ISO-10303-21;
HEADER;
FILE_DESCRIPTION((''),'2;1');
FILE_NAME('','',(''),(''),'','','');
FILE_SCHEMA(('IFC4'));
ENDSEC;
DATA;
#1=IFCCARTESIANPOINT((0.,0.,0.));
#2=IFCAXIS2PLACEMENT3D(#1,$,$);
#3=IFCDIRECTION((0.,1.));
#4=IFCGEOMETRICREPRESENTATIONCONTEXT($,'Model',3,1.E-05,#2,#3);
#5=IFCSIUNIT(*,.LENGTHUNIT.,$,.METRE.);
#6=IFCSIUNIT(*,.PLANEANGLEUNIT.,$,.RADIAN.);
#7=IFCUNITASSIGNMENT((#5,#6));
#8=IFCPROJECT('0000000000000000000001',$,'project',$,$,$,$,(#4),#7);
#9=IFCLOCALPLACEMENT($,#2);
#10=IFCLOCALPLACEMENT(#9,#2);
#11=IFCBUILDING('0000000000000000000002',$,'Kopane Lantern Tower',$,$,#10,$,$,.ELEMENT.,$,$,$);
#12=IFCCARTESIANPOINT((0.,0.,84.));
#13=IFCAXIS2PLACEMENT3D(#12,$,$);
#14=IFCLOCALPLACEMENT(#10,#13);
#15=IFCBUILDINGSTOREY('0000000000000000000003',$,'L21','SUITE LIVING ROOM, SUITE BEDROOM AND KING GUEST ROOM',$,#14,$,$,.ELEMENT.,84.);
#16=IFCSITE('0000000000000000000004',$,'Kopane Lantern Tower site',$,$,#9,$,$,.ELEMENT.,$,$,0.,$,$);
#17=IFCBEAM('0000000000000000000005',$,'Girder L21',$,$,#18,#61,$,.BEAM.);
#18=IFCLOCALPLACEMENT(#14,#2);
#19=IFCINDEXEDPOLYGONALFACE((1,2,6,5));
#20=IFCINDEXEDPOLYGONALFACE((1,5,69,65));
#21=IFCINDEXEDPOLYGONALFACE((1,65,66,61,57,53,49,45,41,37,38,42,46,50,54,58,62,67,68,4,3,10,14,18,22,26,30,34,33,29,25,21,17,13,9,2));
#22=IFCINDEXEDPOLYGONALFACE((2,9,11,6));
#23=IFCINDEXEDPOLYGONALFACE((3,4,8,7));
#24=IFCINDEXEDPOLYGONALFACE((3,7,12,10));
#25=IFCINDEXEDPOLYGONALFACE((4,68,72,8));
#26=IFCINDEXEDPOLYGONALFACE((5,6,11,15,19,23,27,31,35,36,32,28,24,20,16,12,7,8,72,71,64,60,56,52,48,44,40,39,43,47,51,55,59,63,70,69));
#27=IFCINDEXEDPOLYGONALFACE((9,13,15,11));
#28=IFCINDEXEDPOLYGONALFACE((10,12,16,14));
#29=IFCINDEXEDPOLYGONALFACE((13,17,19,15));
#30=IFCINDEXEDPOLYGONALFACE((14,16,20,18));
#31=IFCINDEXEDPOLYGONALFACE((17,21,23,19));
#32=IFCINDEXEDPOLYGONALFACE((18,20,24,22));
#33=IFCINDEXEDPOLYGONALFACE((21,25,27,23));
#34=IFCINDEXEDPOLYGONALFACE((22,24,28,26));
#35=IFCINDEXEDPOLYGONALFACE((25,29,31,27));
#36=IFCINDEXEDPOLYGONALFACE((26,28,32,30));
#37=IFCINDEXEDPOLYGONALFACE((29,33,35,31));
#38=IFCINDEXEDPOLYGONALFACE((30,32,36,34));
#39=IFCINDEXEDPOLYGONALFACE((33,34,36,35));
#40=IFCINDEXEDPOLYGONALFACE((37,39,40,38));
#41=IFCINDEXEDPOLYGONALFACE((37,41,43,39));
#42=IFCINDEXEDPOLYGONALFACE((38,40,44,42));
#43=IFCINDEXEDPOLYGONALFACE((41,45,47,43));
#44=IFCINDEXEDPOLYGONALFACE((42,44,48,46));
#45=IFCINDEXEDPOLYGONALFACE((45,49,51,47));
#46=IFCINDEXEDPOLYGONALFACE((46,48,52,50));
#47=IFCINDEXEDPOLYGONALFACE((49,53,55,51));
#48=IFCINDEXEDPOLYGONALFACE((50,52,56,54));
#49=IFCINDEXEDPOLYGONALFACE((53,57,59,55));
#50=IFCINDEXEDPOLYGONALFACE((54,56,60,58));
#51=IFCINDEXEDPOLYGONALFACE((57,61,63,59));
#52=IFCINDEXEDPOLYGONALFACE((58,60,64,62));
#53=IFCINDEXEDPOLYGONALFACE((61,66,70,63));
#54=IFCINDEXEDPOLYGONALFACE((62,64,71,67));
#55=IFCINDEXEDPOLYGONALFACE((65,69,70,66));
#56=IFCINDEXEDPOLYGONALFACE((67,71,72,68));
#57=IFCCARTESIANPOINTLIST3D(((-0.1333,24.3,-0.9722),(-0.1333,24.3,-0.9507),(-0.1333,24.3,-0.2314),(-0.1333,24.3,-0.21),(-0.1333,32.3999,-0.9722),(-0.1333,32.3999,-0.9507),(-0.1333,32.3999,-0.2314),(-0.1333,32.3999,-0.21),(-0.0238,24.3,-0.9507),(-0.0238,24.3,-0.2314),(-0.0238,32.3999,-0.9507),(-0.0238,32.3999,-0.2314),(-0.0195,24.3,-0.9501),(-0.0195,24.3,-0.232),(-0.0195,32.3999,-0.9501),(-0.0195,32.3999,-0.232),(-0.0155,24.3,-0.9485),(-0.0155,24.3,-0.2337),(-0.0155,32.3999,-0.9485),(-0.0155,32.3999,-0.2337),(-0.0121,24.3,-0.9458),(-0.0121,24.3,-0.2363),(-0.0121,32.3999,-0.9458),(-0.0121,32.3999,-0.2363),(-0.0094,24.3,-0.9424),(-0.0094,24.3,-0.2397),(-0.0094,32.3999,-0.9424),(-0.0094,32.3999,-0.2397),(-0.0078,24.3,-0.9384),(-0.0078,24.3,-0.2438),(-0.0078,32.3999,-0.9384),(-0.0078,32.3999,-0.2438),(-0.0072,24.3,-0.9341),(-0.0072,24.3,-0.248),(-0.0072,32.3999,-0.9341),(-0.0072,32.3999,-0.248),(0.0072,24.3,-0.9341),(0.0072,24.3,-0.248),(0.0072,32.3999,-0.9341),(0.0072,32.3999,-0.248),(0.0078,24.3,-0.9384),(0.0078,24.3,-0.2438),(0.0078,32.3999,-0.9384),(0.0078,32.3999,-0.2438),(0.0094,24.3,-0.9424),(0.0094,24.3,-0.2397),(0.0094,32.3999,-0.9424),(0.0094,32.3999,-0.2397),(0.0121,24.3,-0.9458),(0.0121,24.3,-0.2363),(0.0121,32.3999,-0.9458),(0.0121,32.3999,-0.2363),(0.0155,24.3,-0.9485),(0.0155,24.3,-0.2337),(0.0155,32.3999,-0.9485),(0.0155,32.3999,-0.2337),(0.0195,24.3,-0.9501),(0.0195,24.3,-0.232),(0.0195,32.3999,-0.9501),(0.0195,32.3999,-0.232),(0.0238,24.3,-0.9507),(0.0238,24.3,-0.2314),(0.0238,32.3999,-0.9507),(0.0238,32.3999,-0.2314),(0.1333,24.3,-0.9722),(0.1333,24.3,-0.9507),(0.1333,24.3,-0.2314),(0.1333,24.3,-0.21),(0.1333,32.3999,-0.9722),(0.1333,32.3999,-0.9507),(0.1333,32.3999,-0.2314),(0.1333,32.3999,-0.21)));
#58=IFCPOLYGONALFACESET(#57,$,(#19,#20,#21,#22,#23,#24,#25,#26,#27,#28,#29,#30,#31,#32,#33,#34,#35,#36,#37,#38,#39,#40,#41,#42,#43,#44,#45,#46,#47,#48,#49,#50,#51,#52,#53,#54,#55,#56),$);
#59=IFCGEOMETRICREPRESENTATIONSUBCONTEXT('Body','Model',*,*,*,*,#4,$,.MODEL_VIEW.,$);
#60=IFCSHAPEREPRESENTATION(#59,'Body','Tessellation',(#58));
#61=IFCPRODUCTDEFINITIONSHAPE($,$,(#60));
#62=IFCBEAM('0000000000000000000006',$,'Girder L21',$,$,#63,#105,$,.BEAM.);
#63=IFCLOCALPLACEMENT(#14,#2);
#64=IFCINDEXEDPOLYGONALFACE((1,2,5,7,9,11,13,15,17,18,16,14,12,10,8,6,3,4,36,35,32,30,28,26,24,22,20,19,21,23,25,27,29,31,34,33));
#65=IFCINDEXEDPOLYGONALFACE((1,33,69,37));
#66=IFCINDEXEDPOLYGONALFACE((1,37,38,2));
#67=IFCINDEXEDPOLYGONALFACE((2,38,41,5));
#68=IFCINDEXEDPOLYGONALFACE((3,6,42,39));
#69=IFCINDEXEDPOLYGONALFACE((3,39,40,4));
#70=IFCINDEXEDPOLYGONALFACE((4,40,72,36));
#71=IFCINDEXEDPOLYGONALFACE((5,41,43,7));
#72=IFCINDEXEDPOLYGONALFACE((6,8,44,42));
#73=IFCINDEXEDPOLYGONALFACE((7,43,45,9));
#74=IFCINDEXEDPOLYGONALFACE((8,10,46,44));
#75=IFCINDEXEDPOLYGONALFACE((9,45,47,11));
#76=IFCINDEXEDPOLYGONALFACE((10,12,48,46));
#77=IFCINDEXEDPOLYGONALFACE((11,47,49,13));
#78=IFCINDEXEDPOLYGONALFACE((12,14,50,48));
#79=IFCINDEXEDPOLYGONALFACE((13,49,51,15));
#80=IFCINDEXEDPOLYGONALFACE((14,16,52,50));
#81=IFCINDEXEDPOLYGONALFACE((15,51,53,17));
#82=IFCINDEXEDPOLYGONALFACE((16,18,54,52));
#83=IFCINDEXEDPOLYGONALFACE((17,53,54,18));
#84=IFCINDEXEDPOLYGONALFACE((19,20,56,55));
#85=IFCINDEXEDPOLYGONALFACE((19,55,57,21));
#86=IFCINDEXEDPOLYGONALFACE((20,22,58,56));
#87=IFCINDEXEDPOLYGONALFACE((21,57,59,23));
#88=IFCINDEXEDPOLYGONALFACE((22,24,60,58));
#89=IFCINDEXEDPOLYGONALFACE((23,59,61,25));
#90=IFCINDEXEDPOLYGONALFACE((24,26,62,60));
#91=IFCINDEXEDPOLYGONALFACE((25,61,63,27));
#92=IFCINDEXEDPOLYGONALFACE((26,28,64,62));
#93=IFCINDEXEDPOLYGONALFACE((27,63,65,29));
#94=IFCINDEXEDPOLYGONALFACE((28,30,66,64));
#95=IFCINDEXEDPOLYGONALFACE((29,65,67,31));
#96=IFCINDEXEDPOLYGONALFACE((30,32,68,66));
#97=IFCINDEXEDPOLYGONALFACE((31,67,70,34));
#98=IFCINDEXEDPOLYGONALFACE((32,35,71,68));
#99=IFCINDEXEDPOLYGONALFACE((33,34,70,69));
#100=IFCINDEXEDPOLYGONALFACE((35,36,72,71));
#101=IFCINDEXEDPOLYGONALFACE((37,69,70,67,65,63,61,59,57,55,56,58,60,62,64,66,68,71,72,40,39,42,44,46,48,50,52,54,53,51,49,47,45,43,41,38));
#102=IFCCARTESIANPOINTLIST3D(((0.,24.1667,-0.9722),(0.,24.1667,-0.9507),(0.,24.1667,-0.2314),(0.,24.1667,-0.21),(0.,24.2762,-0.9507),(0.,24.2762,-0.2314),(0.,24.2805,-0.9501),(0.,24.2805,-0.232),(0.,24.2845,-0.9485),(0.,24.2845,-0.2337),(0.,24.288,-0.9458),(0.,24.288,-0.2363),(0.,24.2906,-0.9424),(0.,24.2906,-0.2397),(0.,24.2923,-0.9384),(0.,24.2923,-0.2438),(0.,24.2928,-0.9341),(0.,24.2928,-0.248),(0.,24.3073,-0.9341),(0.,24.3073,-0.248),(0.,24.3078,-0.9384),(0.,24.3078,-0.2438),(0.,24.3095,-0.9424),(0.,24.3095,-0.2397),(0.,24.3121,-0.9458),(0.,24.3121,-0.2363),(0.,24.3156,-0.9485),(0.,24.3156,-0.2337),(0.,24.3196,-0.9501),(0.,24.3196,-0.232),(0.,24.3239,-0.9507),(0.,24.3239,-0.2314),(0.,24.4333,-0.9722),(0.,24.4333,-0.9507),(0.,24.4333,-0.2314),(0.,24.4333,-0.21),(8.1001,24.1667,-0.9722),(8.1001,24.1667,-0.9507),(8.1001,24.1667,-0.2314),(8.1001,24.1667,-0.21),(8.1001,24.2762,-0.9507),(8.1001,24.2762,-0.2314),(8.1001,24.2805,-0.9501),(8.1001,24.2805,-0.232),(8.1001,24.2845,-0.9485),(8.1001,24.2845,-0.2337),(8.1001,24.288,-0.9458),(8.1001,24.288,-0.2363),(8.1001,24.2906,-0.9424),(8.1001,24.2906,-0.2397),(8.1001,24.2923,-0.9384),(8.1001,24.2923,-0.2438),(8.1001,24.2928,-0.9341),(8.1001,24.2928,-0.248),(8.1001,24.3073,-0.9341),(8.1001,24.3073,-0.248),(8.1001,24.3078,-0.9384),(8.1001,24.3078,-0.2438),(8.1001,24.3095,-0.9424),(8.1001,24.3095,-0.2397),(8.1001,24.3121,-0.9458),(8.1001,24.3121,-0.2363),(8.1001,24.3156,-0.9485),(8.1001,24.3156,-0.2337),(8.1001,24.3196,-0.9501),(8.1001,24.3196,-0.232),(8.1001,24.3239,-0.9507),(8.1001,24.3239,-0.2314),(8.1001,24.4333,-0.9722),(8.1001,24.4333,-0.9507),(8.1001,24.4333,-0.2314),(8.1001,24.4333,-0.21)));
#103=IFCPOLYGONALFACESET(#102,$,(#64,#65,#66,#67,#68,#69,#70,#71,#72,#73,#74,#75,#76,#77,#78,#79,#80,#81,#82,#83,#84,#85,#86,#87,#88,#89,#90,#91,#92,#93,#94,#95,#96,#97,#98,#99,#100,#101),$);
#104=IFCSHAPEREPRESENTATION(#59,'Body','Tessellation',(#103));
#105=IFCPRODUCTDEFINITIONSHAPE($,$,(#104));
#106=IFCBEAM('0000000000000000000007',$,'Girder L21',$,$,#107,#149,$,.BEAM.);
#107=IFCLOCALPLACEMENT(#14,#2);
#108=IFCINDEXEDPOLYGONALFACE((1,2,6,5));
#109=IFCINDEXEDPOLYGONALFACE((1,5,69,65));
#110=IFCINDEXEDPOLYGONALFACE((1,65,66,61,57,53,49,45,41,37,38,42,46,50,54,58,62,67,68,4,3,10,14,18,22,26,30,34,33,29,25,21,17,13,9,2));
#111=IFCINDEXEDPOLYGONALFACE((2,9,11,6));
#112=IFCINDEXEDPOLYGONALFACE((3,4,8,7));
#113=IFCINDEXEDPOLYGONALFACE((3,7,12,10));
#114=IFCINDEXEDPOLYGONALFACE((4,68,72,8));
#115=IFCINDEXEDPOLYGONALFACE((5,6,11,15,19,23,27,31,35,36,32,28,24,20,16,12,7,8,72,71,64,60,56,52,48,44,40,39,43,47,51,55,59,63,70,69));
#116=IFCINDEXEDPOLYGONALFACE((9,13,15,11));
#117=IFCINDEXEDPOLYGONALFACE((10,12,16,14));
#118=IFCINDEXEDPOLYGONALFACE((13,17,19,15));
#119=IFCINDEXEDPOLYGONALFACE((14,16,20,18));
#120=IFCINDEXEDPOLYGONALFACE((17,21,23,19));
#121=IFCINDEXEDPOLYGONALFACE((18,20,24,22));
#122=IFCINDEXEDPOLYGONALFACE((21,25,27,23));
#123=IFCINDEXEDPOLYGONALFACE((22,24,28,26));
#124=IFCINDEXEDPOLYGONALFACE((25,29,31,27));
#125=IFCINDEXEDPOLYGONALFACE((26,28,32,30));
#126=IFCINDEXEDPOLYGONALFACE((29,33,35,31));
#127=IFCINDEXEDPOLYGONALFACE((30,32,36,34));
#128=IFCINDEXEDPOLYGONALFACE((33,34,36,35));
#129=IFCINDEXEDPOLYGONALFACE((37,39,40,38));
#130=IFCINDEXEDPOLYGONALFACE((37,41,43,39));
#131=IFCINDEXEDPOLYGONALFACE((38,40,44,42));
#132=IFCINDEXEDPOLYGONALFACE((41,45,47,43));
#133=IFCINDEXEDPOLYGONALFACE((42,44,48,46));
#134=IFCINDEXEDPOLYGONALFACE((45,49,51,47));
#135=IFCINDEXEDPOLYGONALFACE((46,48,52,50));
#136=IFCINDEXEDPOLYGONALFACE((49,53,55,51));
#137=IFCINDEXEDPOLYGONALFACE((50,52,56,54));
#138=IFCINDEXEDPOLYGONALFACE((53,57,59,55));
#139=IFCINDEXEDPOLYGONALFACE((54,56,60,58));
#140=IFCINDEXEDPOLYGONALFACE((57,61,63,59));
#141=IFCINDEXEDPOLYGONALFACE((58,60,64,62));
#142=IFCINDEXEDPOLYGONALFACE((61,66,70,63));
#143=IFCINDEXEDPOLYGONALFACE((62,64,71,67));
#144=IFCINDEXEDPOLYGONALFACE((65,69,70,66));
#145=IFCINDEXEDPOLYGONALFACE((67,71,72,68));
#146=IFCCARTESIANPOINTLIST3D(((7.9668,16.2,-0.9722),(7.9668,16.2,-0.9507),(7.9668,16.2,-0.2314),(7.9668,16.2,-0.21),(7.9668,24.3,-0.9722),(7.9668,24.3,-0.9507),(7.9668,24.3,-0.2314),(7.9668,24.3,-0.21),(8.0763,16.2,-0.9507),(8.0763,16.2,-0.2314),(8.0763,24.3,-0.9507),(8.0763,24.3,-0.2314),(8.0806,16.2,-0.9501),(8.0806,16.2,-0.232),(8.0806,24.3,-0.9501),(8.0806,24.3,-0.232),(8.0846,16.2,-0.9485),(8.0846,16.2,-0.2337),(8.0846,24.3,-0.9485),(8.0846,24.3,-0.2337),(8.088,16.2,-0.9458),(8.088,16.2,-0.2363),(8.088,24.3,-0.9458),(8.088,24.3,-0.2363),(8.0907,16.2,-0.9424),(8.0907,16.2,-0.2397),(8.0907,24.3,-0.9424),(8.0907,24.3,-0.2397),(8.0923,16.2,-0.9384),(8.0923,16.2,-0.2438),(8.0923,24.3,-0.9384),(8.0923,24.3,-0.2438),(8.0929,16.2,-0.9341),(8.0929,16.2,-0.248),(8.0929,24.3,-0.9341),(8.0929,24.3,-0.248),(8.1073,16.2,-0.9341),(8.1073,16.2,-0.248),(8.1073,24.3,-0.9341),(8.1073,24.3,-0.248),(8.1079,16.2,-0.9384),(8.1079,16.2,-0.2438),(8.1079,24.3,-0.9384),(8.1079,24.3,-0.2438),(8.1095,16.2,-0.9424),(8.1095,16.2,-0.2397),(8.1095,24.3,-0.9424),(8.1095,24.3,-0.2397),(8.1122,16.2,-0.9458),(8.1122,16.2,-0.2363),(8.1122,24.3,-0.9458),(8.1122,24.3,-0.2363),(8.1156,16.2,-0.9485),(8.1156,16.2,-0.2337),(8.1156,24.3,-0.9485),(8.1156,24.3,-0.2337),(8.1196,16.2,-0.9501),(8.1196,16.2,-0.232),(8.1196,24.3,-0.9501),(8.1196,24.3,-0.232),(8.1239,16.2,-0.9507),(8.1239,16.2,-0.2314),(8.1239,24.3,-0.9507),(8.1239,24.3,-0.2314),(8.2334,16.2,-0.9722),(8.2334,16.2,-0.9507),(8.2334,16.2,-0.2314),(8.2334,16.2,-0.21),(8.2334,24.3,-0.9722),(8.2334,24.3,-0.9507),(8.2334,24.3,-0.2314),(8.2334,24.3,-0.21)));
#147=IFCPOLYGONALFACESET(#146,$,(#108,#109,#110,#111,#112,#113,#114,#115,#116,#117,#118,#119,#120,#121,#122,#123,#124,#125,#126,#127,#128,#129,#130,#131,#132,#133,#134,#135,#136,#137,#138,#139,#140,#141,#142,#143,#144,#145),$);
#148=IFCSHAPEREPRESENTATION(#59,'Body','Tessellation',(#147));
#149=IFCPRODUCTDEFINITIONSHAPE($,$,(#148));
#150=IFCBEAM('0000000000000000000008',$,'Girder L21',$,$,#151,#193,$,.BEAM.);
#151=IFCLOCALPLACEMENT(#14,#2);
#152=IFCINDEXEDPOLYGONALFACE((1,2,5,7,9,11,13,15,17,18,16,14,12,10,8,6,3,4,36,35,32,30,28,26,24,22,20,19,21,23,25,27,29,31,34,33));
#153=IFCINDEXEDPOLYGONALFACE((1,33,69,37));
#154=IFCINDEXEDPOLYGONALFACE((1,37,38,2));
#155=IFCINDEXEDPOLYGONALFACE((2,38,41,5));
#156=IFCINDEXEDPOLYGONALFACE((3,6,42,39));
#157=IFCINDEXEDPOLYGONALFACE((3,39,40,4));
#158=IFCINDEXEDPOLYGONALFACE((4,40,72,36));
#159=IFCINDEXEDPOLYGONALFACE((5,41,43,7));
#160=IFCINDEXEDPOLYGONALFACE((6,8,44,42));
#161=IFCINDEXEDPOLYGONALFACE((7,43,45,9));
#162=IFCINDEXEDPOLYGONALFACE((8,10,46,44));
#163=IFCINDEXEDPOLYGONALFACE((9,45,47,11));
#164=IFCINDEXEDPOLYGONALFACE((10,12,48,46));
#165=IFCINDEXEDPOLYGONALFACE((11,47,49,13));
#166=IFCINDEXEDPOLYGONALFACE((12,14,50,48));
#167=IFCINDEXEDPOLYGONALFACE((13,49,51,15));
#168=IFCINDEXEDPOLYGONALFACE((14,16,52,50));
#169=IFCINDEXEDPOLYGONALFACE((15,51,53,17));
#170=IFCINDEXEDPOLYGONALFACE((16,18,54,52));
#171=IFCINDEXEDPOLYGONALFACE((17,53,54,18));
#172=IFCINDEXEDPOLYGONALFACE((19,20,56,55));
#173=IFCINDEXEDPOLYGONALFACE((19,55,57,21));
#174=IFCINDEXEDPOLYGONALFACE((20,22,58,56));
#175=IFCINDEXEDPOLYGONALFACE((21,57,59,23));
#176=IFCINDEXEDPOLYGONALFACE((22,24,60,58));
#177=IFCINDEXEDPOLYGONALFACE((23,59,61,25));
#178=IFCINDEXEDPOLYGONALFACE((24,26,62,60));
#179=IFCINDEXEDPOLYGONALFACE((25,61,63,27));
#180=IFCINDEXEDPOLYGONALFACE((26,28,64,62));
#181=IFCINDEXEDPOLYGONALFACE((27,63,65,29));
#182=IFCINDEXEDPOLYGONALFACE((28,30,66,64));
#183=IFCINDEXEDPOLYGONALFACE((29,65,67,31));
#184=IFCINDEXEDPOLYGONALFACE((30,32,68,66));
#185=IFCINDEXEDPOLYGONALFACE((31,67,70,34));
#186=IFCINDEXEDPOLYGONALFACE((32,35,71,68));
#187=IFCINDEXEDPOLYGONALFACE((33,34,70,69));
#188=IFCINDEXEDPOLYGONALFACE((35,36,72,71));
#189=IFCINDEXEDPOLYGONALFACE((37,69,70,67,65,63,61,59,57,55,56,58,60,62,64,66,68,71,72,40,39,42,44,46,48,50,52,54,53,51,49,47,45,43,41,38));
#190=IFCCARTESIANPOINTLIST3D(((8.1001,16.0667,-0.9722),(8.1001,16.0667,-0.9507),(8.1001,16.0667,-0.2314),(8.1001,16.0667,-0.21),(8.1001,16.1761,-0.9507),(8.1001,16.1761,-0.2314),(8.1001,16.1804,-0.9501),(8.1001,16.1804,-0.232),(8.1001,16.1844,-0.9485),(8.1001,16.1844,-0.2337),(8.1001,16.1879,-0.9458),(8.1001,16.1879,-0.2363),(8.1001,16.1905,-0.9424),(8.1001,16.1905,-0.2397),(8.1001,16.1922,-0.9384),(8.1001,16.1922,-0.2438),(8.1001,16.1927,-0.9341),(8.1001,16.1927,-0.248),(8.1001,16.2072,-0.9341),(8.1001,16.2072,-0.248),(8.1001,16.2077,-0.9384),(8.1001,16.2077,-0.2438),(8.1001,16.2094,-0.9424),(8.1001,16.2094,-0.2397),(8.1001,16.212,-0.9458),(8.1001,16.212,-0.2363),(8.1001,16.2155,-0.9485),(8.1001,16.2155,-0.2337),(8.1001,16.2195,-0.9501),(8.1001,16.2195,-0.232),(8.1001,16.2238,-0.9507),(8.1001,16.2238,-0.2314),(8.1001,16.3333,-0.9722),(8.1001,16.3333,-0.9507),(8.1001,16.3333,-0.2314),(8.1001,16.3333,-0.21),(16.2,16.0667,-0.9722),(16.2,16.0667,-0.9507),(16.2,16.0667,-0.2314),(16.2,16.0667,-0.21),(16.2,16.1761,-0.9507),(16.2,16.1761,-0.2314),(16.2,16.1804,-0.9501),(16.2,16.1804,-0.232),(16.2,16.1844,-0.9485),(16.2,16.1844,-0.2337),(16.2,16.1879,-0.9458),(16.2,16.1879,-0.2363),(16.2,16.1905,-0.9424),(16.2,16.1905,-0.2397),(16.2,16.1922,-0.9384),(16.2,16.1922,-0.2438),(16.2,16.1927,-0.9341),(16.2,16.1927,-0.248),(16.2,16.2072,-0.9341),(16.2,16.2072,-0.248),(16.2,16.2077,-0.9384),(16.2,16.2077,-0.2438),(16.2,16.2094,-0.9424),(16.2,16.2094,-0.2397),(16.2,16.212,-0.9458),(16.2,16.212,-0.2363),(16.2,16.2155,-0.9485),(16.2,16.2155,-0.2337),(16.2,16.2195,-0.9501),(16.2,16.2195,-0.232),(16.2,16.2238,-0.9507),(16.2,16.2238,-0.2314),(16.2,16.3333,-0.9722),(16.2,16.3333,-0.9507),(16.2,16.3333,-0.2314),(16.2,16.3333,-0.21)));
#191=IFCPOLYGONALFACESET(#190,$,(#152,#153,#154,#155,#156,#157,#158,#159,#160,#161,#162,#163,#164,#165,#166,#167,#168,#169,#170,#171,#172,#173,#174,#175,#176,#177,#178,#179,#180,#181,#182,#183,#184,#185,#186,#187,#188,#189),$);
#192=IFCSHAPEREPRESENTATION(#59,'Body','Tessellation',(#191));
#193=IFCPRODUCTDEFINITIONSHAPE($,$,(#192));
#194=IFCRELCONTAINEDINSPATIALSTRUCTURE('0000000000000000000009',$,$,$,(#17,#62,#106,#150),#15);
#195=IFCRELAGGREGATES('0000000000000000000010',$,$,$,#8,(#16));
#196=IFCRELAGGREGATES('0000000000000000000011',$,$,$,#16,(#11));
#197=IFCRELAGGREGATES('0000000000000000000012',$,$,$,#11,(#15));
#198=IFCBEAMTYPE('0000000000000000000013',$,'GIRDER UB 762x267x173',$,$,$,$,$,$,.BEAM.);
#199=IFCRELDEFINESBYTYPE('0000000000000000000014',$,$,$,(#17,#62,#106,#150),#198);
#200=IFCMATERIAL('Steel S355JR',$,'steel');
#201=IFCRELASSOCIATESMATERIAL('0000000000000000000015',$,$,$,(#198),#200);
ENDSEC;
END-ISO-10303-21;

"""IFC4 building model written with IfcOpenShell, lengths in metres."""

from ifc_helpers import new_model, si_unit, direction, frame, origin, origin_2d, place, context, subcontext, project, spatial, i_section, extrude, material, material_profile, profile_set, type_object, element, save


model = new_model("IFC4")

# Units and contexts
model_context = context("Model", 3, precision=1e-05, world=origin(), true_north=direction((0.0, 1.0)))
body_context = subcontext(model_context, "Body", "Model", "MODEL_VIEW")
ifc_project = project(units=[si_unit("LENGTHUNIT", "METRE"), si_unit("PLANEANGLEUNIT", "RADIAN")], contexts=[model_context])

# Site, building, storey
site_placement = place(None, origin())
site = spatial("IfcSite", under=ifc_project, at=site_placement, Name="Kopane Lantern Tower site", CompositionType="ELEMENT", RefElevation=0.0)
building_placement = place(site_placement, origin())
building = spatial("IfcBuilding", under=site, at=building_placement, Name="Kopane Lantern Tower", CompositionType="ELEMENT")
storey_placement = place(building_placement, frame((0.0, 0.0, 84.0)))
storey = spatial("IfcBuildingStorey", under=building, at=storey_placement, Name="L21", Description="SUITE LIVING ROOM, SUITE BEDROOM AND KING GUEST ROOM", CompositionType="ELEMENT", Elevation=84.0)

# Beams
ifc_material_1 = material(Name="Steel S355JR", Category="steel")
ifc_material_profile_1 = material_profile(ifc_material_1, i_section(OverallWidth=0.2666, OverallDepth=0.7622, WebThickness=0.0144, FlangeThickness=0.0215, FilletRadius=0.0166, at=origin_2d()), Name="UB 762x267x173")
ifc_profile_set_1 = profile_set([ifc_material_profile_1], Name="Steel S355JR")
beam_type = type_object("IfcBeamType", Name="GIRDER UB 762x267x173", PredefinedType="BEAM", material=ifc_profile_set_1)
beam_placement = place(storey_placement, frame((0.0, 24.3, -0.5911), z_axis=(0.0, 1.0, 0.0), x_axis=(-1.0, 0.0, 0.0)))
element("IfcBeam", 1, at=beam_placement, inside=storey, type_object=beam_type, Name="Girder L21", PredefinedType="BEAM", context=body_context, shape_type="SweptSolid", body=[
    extrude(i_section(OverallWidth=0.2666, OverallDepth=0.7622, WebThickness=0.0144, FlangeThickness=0.0215, FilletRadius=0.0166, at=origin_2d()), origin(), (0.0, 0.0, 1.0), 8.0999),
])
for number, where, z_axis, x_axis, name in (
    (2, (0.0, 24.3, -0.5911), (1.0, 0.0, 0.0), (0.0, 1.0, 0.0), "Girder L21"),
    (3, (8.1001, 16.2, -0.5911), (0.0, 1.0, 0.0), (-1.0, 0.0, 0.0), "Girder L21"),
):
    element("IfcBeam", number, at=place(storey_placement, frame(where, z_axis=z_axis, x_axis=x_axis)), inside=storey, type_object=beam_type, Name=name, PredefinedType="BEAM", context=body_context, shape_type="SweptSolid", body=[
        extrude(i_section(OverallWidth=0.2666, OverallDepth=0.7622, WebThickness=0.0144, FlangeThickness=0.0215, FilletRadius=0.0166, at=origin_2d()), origin(), (0.0, 0.0, 1.0), 8.1001),
    ])
for number, where, z_axis, x_axis, name in (
    (4, (8.1001, 16.2, -0.5911), (1.0, 0.0, 0.0), (0.0, 1.0, 0.0), "Girder L21"),
):
    element("IfcBeam", number, at=place(storey_placement, frame(where, z_axis=z_axis, x_axis=x_axis)), inside=storey, type_object=beam_type, Name=name, PredefinedType="BEAM", context=body_context, shape_type="SweptSolid", body=[
        extrude(i_section(OverallWidth=0.2666, OverallDepth=0.7622, WebThickness=0.0144, FlangeThickness=0.0215, FilletRadius=0.0166, at=origin_2d()), origin(), (0.0, 0.0, 1.0), 8.0999),
    ])

save(model, "model.ifc")
